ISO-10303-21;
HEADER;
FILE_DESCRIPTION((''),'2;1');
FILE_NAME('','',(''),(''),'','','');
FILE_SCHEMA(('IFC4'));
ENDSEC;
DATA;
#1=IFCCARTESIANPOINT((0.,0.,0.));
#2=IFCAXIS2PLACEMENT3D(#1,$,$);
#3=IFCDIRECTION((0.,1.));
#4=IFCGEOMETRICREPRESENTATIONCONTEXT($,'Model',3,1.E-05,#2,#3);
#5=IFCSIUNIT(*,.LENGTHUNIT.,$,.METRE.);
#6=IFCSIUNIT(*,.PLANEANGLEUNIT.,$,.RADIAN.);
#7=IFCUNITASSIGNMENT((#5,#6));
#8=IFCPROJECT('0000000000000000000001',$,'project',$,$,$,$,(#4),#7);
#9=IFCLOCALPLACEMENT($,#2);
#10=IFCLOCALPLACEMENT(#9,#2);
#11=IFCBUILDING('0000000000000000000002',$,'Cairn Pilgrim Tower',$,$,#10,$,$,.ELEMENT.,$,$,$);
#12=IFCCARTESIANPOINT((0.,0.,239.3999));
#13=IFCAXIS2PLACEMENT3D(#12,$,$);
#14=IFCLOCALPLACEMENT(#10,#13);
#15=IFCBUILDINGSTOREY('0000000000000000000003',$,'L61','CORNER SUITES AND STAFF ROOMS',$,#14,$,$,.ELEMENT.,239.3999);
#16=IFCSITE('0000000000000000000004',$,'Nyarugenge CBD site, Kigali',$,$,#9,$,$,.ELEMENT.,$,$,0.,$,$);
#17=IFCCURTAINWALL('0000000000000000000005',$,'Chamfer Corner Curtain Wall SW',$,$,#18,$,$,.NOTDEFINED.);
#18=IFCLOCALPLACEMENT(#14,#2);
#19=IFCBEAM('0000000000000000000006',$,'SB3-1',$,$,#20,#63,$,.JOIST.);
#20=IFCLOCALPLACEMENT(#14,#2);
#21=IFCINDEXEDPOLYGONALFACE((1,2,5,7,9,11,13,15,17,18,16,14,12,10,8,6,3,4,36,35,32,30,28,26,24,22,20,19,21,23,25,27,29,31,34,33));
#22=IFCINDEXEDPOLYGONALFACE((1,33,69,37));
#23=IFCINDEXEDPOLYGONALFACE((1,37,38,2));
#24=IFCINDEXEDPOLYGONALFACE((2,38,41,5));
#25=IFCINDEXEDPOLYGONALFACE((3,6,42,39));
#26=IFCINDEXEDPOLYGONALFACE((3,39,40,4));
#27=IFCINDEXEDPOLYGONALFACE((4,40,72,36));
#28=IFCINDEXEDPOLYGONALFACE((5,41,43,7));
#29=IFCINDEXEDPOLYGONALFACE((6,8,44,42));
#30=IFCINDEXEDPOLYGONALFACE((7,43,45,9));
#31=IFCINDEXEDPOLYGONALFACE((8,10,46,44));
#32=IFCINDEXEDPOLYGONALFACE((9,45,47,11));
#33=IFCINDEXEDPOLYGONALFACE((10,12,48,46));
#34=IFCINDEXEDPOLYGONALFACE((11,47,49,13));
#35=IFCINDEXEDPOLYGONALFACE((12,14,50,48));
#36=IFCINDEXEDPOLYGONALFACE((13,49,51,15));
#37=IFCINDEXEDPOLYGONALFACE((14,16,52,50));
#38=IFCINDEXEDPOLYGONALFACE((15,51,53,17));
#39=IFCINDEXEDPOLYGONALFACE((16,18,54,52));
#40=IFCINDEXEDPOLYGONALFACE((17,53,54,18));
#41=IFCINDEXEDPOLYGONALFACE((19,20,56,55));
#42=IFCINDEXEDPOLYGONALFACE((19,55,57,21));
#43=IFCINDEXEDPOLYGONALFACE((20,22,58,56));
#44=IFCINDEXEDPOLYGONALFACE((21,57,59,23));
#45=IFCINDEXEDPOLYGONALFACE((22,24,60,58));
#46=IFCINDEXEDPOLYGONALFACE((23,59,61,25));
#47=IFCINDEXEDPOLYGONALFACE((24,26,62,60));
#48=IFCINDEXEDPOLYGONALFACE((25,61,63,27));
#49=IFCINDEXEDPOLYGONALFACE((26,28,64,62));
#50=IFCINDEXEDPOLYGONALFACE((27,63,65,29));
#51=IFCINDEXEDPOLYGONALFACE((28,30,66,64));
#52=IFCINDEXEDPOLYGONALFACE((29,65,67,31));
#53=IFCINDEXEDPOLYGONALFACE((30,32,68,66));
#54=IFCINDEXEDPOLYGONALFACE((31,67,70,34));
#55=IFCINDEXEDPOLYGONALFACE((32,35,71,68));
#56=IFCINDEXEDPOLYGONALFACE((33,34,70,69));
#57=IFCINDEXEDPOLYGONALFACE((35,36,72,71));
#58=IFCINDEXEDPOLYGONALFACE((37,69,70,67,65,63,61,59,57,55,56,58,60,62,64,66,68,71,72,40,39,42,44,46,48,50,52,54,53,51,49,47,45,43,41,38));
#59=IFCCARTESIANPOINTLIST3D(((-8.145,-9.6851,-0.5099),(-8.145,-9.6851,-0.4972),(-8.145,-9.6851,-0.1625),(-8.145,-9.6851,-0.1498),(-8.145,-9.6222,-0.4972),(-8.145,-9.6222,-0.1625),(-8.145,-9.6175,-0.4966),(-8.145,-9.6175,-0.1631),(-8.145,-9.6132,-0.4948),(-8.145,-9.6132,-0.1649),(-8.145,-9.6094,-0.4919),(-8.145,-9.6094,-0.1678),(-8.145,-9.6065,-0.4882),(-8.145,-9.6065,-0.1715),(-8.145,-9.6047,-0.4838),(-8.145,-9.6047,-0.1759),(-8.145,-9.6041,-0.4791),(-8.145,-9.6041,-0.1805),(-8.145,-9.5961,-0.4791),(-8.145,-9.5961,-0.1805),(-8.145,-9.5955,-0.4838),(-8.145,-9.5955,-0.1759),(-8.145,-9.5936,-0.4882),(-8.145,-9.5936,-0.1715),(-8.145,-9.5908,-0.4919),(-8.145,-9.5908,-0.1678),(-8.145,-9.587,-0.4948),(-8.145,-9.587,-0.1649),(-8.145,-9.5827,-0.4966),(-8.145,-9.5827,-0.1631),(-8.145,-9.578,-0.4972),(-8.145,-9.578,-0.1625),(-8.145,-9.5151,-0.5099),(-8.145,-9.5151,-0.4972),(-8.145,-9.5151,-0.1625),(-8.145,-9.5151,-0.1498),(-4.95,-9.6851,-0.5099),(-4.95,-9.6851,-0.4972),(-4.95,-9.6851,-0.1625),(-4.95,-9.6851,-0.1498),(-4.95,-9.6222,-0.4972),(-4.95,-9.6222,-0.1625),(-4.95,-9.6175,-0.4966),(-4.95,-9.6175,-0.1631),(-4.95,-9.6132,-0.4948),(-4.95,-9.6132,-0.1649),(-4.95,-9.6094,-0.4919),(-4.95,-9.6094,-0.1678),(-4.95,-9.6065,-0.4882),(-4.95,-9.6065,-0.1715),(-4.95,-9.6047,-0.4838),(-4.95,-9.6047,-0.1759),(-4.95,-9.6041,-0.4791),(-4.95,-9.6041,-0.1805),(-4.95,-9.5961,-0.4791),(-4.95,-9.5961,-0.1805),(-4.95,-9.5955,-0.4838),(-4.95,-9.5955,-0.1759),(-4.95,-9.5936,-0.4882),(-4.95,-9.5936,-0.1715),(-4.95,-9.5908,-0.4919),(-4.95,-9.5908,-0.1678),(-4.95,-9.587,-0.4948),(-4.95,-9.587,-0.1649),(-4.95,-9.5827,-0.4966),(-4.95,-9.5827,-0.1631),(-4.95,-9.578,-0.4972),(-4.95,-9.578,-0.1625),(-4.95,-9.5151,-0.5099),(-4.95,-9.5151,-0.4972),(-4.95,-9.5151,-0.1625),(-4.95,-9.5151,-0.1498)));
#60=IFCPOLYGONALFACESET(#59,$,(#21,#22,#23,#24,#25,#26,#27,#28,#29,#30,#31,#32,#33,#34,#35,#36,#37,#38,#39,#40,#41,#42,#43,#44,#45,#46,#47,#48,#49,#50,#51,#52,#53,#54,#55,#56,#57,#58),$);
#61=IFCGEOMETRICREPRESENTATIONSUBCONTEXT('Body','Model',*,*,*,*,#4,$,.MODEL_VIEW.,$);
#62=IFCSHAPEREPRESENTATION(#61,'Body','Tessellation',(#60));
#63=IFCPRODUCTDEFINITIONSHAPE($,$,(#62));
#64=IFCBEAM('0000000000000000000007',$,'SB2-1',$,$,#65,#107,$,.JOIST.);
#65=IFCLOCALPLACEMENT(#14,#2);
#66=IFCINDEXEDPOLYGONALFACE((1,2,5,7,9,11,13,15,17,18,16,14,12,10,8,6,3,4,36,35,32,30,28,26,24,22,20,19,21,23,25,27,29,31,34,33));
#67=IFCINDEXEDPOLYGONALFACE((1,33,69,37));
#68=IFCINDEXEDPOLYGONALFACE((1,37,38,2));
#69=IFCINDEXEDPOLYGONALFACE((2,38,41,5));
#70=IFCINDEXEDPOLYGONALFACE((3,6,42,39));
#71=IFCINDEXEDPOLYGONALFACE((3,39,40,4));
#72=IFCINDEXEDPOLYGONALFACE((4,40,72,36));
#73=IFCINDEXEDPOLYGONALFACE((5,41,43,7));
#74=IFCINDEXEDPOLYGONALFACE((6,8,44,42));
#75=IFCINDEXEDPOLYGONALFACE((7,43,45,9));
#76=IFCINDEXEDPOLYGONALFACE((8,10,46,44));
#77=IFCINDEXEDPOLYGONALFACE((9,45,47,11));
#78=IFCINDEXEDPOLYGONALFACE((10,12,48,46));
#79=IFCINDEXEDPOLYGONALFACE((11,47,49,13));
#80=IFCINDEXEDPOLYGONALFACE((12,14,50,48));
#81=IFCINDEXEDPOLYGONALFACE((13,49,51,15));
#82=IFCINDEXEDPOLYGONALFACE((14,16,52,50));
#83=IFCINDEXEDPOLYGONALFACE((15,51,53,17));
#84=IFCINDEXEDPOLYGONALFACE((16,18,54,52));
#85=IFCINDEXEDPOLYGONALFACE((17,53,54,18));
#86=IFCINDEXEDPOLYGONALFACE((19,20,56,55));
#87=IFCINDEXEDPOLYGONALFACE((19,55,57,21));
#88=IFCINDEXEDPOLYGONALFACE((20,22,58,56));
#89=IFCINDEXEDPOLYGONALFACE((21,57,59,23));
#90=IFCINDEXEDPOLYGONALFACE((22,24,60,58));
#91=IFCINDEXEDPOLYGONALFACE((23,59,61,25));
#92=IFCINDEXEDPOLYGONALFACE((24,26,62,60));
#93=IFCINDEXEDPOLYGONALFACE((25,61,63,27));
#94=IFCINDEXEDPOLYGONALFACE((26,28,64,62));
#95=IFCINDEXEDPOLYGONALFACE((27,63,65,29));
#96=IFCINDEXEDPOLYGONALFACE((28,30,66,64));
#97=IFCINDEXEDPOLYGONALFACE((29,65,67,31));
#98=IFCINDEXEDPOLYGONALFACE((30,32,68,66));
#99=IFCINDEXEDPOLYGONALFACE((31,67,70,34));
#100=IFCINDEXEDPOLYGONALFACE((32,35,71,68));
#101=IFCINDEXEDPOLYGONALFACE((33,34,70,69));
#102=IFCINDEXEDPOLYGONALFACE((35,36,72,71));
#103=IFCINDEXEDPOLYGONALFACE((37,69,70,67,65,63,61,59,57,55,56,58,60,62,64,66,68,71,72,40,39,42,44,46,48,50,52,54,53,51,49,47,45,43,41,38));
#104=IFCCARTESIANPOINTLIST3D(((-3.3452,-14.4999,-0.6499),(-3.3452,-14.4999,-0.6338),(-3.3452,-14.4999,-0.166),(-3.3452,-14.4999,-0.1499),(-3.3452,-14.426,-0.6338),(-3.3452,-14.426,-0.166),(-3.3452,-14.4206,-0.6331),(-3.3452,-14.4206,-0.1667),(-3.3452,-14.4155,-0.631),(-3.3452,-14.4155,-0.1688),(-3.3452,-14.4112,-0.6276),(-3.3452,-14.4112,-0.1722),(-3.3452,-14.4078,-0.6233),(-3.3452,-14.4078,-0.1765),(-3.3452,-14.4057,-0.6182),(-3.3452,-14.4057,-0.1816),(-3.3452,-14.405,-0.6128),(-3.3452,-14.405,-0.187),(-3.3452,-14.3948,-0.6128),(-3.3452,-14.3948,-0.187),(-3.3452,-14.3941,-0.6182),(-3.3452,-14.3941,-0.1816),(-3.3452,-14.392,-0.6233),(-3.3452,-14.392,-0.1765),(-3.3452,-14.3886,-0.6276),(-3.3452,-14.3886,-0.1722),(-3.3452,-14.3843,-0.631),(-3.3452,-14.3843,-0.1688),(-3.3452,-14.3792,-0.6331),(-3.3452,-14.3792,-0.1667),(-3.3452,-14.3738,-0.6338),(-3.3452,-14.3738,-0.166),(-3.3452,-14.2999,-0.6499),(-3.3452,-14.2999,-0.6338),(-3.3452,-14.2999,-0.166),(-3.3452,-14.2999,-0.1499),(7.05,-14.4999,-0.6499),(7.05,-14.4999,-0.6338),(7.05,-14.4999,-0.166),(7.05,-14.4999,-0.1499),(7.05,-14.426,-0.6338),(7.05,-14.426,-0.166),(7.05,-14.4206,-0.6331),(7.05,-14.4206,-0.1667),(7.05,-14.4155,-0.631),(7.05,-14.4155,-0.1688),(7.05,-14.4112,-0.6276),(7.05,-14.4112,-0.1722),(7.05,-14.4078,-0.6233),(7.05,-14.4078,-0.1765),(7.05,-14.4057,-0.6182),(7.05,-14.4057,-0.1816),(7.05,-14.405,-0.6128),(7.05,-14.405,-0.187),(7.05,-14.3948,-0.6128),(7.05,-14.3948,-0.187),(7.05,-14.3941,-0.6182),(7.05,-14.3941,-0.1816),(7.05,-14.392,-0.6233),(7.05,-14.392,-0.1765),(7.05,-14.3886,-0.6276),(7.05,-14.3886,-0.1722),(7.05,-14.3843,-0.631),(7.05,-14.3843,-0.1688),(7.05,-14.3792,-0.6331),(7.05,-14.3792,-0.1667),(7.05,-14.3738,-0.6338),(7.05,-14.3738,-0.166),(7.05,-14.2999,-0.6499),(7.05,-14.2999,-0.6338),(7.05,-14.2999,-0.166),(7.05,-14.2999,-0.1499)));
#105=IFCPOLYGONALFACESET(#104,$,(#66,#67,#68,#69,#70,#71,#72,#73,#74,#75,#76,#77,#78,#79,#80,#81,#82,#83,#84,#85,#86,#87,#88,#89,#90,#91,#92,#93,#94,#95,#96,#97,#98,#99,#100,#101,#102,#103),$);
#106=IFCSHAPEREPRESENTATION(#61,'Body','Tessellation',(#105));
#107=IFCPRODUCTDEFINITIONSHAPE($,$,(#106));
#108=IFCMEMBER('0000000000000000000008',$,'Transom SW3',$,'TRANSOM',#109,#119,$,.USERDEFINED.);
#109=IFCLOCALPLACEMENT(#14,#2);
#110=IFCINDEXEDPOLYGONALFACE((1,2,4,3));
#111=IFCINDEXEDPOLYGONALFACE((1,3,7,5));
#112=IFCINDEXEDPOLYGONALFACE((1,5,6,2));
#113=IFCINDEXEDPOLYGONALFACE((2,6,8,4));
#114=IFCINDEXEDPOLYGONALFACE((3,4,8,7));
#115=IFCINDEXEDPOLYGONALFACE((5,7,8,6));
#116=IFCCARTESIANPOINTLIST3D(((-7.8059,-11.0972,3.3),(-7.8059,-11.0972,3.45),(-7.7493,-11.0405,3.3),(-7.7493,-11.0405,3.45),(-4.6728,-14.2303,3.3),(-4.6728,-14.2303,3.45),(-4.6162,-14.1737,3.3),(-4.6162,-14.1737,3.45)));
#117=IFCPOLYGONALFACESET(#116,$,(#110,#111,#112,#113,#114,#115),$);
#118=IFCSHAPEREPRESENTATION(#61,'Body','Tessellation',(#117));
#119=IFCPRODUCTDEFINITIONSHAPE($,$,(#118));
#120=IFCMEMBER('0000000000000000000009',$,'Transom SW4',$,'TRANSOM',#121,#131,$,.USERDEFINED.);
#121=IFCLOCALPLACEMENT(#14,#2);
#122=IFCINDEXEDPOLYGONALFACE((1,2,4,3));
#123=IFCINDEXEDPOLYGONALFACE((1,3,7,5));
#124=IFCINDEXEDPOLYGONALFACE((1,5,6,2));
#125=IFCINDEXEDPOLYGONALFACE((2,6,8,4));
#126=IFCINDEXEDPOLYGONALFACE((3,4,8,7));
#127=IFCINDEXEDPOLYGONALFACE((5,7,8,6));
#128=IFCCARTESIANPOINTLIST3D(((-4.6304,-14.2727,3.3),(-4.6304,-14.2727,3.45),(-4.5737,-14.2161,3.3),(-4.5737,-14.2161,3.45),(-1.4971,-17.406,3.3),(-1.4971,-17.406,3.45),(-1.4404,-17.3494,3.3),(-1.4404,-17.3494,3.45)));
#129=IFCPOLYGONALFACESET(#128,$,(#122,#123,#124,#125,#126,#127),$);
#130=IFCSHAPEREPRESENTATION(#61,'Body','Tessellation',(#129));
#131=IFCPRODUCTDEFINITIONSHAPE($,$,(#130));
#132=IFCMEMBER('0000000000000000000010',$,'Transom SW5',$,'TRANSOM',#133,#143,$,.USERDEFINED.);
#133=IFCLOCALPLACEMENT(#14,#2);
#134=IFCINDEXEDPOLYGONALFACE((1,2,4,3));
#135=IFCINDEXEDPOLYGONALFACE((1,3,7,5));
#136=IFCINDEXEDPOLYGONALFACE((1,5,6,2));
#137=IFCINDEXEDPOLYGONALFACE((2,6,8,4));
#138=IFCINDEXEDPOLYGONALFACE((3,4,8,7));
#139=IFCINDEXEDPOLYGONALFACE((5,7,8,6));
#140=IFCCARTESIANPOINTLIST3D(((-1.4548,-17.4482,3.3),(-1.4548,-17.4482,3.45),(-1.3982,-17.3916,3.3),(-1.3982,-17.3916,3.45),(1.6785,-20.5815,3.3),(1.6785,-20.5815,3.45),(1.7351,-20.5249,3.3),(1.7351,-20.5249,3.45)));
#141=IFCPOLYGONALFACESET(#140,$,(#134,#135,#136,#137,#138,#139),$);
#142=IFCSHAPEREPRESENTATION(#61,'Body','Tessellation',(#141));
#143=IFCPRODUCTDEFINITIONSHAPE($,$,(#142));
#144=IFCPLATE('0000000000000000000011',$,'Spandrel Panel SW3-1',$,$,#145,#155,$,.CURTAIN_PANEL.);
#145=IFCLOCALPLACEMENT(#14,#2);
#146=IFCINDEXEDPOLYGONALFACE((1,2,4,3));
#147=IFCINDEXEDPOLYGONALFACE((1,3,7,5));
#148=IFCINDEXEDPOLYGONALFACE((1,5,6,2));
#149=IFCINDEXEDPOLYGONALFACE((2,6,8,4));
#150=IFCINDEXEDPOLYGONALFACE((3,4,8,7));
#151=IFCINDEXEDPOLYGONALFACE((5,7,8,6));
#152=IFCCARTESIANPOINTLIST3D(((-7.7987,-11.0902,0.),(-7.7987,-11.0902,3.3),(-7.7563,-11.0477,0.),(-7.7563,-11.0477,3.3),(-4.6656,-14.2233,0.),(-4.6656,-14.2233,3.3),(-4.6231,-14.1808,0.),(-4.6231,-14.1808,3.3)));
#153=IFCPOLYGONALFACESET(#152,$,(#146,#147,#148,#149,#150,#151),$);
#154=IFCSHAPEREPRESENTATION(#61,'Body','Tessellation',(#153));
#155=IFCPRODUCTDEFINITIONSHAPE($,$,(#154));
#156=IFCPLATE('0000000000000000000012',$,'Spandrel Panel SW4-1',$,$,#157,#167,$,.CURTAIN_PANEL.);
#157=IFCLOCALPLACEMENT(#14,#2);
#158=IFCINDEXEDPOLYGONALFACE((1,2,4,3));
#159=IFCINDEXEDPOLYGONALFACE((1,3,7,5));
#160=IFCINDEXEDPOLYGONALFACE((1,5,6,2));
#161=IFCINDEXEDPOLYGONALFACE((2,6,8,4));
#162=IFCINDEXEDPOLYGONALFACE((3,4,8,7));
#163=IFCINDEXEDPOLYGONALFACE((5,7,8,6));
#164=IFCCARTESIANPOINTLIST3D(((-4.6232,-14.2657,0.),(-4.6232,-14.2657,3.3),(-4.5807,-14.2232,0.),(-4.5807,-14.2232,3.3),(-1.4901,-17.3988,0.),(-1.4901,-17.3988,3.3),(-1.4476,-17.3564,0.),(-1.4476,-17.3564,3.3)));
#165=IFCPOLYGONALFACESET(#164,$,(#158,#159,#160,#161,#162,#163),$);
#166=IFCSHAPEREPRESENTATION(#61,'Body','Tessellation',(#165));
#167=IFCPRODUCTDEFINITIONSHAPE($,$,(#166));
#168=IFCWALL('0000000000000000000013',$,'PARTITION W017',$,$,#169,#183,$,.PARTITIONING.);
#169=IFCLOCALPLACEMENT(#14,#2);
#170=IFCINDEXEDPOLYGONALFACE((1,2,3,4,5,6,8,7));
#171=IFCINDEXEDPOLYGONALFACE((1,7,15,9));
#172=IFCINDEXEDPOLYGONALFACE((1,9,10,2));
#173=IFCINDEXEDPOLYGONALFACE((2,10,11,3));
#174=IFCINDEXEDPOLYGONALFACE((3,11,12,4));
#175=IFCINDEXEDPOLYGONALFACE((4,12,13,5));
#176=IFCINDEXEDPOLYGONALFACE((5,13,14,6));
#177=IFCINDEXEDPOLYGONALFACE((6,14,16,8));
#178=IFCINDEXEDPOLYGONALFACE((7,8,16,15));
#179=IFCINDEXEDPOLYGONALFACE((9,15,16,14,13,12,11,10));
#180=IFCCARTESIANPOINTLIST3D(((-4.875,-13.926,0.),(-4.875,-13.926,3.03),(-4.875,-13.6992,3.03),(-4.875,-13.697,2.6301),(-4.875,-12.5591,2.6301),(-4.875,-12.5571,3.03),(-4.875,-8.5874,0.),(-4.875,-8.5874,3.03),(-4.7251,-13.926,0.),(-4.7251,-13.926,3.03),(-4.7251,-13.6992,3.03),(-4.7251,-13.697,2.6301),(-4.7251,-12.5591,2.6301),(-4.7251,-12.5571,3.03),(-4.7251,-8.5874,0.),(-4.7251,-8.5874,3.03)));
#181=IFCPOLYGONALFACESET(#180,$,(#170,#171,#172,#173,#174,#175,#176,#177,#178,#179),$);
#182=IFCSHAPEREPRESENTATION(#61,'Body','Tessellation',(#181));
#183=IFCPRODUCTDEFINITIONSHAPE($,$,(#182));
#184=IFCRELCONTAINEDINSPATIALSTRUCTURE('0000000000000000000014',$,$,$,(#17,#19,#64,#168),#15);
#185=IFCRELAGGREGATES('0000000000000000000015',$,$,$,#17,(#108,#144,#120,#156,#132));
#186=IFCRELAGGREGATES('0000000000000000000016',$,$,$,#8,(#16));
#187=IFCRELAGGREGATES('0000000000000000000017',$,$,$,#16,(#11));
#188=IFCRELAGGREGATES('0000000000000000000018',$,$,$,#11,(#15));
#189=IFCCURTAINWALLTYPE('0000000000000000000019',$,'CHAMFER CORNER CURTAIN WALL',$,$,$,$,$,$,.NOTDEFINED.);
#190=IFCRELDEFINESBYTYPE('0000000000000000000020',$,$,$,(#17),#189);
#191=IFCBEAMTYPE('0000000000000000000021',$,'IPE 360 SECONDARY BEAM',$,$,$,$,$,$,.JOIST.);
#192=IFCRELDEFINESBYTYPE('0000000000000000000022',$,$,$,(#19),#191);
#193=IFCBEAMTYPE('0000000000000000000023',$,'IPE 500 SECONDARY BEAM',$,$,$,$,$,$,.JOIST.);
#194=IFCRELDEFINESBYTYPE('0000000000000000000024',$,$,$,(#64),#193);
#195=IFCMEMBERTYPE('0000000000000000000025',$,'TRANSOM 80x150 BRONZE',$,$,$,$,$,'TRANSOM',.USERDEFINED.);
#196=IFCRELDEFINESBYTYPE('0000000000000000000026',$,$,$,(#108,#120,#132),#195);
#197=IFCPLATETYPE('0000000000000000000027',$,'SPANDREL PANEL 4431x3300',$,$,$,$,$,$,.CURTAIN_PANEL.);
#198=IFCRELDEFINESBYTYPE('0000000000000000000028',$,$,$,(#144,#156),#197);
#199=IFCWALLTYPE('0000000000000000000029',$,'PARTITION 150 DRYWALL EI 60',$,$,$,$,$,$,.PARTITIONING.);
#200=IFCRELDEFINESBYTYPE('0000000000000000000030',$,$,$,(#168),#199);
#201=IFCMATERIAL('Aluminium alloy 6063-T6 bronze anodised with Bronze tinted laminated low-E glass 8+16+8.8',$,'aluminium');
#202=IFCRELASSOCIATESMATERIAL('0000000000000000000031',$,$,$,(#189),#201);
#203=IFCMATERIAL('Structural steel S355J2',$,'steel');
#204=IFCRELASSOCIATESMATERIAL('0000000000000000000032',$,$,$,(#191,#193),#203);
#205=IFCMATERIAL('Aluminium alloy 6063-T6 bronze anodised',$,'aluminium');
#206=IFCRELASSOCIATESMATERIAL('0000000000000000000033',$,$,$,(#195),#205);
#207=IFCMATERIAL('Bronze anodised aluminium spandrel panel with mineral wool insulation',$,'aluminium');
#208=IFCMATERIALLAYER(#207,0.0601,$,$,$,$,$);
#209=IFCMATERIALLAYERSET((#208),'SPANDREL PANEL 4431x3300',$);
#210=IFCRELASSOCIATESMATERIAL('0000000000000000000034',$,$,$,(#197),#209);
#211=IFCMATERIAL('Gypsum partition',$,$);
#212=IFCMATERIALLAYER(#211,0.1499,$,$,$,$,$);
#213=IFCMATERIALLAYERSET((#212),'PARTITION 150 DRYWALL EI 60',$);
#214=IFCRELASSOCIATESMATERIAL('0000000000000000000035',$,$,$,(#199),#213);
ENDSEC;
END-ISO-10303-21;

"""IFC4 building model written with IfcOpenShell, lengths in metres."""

from ifc_helpers import new_model, si_unit, direction, frame, origin, origin_2d, place, context, subcontext, project, spatial, polyline, rectangle, i_section, outline, extrude, material, layer, layer_set, material_profile, profile_set, type_object, element, aggregate, save


model = new_model("IFC4")

# Units and contexts
model_context = context("Model", 3, precision=1e-05, world=origin(), true_north=direction((0.0, 1.0)))
body_context = subcontext(model_context, "Body", "Model", "MODEL_VIEW")
ifc_project = project(units=[si_unit("LENGTHUNIT", "METRE"), si_unit("PLANEANGLEUNIT", "RADIAN")], contexts=[model_context])

# Site, building, storey
site_placement = place(None, origin())
site = spatial("IfcSite", under=ifc_project, at=site_placement, Name="Nyarugenge CBD site, Kigali", CompositionType="ELEMENT", RefElevation=0.0)
building_placement = place(site_placement, origin())
building = spatial("IfcBuilding", under=site, at=building_placement, Name="Cairn Pilgrim Tower", CompositionType="ELEMENT")
storey_placement = place(building_placement, frame((0.0, 0.0, 239.3999)))
storey = spatial("IfcBuildingStorey", under=building, at=storey_placement, Name="L61", Description="CORNER SUITES AND STAFF ROOMS", CompositionType="ELEMENT", Elevation=239.3999)

# Shared definitions
ifc_material_1 = material(Name="Structural steel S355J2", Category="steel")

# Curtain wall
ifc_material_2 = material(Name="Aluminium alloy 6063-T6 bronze anodised with Bronze tinted laminated low-E glass 8+16+8.8", Category="aluminium")
curtain_wall_type = type_object("IfcCurtainWallType", Name="CHAMFER CORNER CURTAIN WALL", PredefinedType="NOTDEFINED", material=ifc_material_2)
curtain_wall_placement = place(storey_placement, origin())
curtain_wall = element("IfcCurtainWall", 1, at=curtain_wall_placement, inside=storey, type_object=curtain_wall_type, Name="Chamfer Corner Curtain Wall SW", PredefinedType="NOTDEFINED")
ifc_material_3 = material(Name="Aluminium alloy 6063-T6 bronze anodised", Category="aluminium")

# Beams
ifc_material_profile_1 = material_profile(ifc_material_1, i_section(OverallWidth=0.1699, OverallDepth=0.3601, WebThickness=0.0081, FlangeThickness=0.0127, FilletRadius=0.0181, at=origin_2d()), Name="IPE 360")
ifc_profile_set_1 = profile_set([ifc_material_profile_1], Name="Structural steel S355J2")
beam_type_1 = type_object("IfcBeamType", Name="IPE 360 SECONDARY BEAM", PredefinedType="JOIST", material=ifc_profile_set_1)
beam_1_placement = place(storey_placement, frame((-8.145, -9.6001, -0.3298), z_axis=(1.0, 0.0, 0.0), x_axis=(0.0, 1.0, 0.0)))
element("IfcBeam", 2, at=beam_1_placement, inside=storey, type_object=beam_type_1, Name="SB3-1", PredefinedType="JOIST", context=body_context, shape_type="SweptSolid", body=[
    extrude(i_section(OverallWidth=0.1699, OverallDepth=0.3601, WebThickness=0.0081, FlangeThickness=0.0127, FilletRadius=0.0181, at=origin_2d()), origin(), (0.0, 0.0, 1.0), 3.1951),
])
ifc_material_profile_2 = material_profile(ifc_material_1, i_section(OverallWidth=0.2, OverallDepth=0.5, WebThickness=0.0103, FlangeThickness=0.0161, FilletRadius=0.021, at=origin_2d()), Name="IPE 500")
ifc_profile_set_2 = profile_set([ifc_material_profile_2], Name="Structural steel S355J2")
beam_type_2 = type_object("IfcBeamType", Name="IPE 500 SECONDARY BEAM", PredefinedType="JOIST", material=ifc_profile_set_2)
beam_2_placement = place(storey_placement, frame((-3.3452, -14.3999, -0.3999), z_axis=(1.0, 0.0, 0.0), x_axis=(0.0, 1.0, 0.0)))
element("IfcBeam", 3, at=beam_2_placement, inside=storey, type_object=beam_type_2, Name="SB2-1", PredefinedType="JOIST", context=body_context, shape_type="SweptSolid", body=[
    extrude(i_section(OverallWidth=0.2, OverallDepth=0.5, WebThickness=0.0103, FlangeThickness=0.0161, FilletRadius=0.021, at=origin_2d()), origin(), (0.0, 0.0, 1.0), 10.3953),
])

# Members
ifc_material_profile_3 = material_profile(ifc_material_3, rectangle(XDim=0.0801, YDim=0.1499, at=origin_2d()), Name="TRANSOM 80x150 BRONZE")
ifc_profile_set_3 = profile_set([ifc_material_profile_3], Name="Aluminium alloy 6063-T6 bronze anodised")
member_type_1 = type_object("IfcMemberType", Name="TRANSOM 80x150 BRONZE", ElementType="TRANSOM", PredefinedType="USERDEFINED", material=ifc_profile_set_3)
member_1_placement = place(storey_placement, frame((-7.7776, -11.0688, 3.375), z_axis=(0.707107, -0.707107, 0.0), x_axis=(0.707107, 0.707107, 0.0)))
member_1 = element("IfcMember", 4, at=member_1_placement, type_object=member_type_1, Name="Transom SW3", ObjectType="TRANSOM", PredefinedType="USERDEFINED", context=body_context, shape_type="SweptSolid", body=[
    extrude(rectangle(XDim=0.0801, YDim=0.1499, at=origin_2d()), origin(), (0.0, 0.0, 1.0), 4.4309),
])
member_2_placement = place(storey_placement, frame((-4.6021, -14.2444, 3.375), z_axis=(0.707107, -0.707107, 0.0), x_axis=(0.707107, 0.707107, 0.0)))
member_2 = element("IfcMember", 5, at=member_2_placement, type_object=member_type_1, Name="Transom SW4", ObjectType="TRANSOM", PredefinedType="USERDEFINED", context=body_context, shape_type="SweptSolid", body=[
    extrude(rectangle(XDim=0.0801, YDim=0.1499, at=origin_2d()), origin(), (0.0, 0.0, 1.0), 4.4312),
])
member_3_placement = place(storey_placement, frame((-1.4265, -17.4199, 3.375), z_axis=(0.707107, -0.707107, 0.0), x_axis=(0.707107, 0.707107, 0.0)))
member_3 = element("IfcMember", 6, at=member_3_placement, type_object=member_type_1, Name="Transom SW5", ObjectType="TRANSOM", PredefinedType="USERDEFINED", context=body_context, shape_type="SweptSolid", body=[
    extrude(rectangle(XDim=0.0801, YDim=0.1499, at=origin_2d()), origin(), (0.0, 0.0, 1.0), 4.4312),
])

# Plates
ifc_material_4 = material(Name="Bronze anodised aluminium spandrel panel with mineral wool insulation", Category="aluminium")
ifc_layer_1 = layer(ifc_material_4, 0.0601)
ifc_layer_set_1 = layer_set([ifc_layer_1], Name="SPANDREL PANEL 4431x3300")
plate_type = type_object("IfcPlateType", Name="SPANDREL PANEL 4431x3300", PredefinedType="CURTAIN_PANEL", material=ifc_layer_set_1)
plate_1_placement = place(storey_placement, frame((-6.2109, -12.6355, 0.0), z_axis=(0.0, 0.0, 1.0), x_axis=(0.707107, -0.707107, 0.0)))
plate_1 = element("IfcPlate", 7, at=plate_1_placement, type_object=plate_type, Name="Spandrel Panel SW3-1", PredefinedType="CURTAIN_PANEL", context=body_context, shape_type="SweptSolid", body=[
    extrude(rectangle(XDim=4.4309, YDim=0.0601, at=origin_2d()), origin(), (0.0, 0.0, 1.0), 3.3),
])
plate_2_placement = place(storey_placement, frame((-3.0354, -15.811, 0.0), z_axis=(0.0, 0.0, 1.0), x_axis=(0.707107, -0.707107, 0.0)))
plate_2 = element("IfcPlate", 8, at=plate_2_placement, type_object=plate_type, Name="Spandrel Panel SW4-1", PredefinedType="CURTAIN_PANEL", context=body_context, shape_type="SweptSolid", body=[
    extrude(rectangle(XDim=4.4309, YDim=0.0601, at=origin_2d()), origin(), (0.0, 0.0, 1.0), 3.3),
])
aggregate(curtain_wall, [member_1, plate_1, member_2, plate_2, member_3])

# Wall
ifc_material_5 = material(Name="Gypsum partition")
ifc_layer_2 = layer(ifc_material_5, 0.1499)
ifc_layer_set_2 = layer_set([ifc_layer_2], Name="PARTITION 150 DRYWALL EI 60")
wall_type_1 = type_object("IfcWallType", Name="PARTITION 150 DRYWALL EI 60", PredefinedType="PARTITIONING", material=ifc_layer_set_2)
wall_1_placement = place(storey_placement, frame((-4.8, -13.926, 0.0), z_axis=(0.0, 0.0, 1.0), x_axis=(0.0, 1.0, 0.0)))
element("IfcWall", 9, at=wall_1_placement, inside=storey, type_object=wall_type_1, Name="PARTITION W017", PredefinedType="PARTITIONING", context=body_context, shape_type="SweptSolid", body=[
    extrude(outline(polyline([(0.0, 0.0), (5.3386, 0.0), (5.3386, 3.03), (1.3689, 3.03), (1.3669, 2.6301), (0.229, 2.6301), (0.2268, 3.03), (0.0, 3.03), (0.0, 0.0)])), frame((0.0, 0.075, 0.0), z_axis=(0.0, -1.0, 0.0), x_axis=(1.0, 0.0, 0.0)), (0.0, 0.0, 1.0), 0.1499),
])

save(model, "model.ifc")
